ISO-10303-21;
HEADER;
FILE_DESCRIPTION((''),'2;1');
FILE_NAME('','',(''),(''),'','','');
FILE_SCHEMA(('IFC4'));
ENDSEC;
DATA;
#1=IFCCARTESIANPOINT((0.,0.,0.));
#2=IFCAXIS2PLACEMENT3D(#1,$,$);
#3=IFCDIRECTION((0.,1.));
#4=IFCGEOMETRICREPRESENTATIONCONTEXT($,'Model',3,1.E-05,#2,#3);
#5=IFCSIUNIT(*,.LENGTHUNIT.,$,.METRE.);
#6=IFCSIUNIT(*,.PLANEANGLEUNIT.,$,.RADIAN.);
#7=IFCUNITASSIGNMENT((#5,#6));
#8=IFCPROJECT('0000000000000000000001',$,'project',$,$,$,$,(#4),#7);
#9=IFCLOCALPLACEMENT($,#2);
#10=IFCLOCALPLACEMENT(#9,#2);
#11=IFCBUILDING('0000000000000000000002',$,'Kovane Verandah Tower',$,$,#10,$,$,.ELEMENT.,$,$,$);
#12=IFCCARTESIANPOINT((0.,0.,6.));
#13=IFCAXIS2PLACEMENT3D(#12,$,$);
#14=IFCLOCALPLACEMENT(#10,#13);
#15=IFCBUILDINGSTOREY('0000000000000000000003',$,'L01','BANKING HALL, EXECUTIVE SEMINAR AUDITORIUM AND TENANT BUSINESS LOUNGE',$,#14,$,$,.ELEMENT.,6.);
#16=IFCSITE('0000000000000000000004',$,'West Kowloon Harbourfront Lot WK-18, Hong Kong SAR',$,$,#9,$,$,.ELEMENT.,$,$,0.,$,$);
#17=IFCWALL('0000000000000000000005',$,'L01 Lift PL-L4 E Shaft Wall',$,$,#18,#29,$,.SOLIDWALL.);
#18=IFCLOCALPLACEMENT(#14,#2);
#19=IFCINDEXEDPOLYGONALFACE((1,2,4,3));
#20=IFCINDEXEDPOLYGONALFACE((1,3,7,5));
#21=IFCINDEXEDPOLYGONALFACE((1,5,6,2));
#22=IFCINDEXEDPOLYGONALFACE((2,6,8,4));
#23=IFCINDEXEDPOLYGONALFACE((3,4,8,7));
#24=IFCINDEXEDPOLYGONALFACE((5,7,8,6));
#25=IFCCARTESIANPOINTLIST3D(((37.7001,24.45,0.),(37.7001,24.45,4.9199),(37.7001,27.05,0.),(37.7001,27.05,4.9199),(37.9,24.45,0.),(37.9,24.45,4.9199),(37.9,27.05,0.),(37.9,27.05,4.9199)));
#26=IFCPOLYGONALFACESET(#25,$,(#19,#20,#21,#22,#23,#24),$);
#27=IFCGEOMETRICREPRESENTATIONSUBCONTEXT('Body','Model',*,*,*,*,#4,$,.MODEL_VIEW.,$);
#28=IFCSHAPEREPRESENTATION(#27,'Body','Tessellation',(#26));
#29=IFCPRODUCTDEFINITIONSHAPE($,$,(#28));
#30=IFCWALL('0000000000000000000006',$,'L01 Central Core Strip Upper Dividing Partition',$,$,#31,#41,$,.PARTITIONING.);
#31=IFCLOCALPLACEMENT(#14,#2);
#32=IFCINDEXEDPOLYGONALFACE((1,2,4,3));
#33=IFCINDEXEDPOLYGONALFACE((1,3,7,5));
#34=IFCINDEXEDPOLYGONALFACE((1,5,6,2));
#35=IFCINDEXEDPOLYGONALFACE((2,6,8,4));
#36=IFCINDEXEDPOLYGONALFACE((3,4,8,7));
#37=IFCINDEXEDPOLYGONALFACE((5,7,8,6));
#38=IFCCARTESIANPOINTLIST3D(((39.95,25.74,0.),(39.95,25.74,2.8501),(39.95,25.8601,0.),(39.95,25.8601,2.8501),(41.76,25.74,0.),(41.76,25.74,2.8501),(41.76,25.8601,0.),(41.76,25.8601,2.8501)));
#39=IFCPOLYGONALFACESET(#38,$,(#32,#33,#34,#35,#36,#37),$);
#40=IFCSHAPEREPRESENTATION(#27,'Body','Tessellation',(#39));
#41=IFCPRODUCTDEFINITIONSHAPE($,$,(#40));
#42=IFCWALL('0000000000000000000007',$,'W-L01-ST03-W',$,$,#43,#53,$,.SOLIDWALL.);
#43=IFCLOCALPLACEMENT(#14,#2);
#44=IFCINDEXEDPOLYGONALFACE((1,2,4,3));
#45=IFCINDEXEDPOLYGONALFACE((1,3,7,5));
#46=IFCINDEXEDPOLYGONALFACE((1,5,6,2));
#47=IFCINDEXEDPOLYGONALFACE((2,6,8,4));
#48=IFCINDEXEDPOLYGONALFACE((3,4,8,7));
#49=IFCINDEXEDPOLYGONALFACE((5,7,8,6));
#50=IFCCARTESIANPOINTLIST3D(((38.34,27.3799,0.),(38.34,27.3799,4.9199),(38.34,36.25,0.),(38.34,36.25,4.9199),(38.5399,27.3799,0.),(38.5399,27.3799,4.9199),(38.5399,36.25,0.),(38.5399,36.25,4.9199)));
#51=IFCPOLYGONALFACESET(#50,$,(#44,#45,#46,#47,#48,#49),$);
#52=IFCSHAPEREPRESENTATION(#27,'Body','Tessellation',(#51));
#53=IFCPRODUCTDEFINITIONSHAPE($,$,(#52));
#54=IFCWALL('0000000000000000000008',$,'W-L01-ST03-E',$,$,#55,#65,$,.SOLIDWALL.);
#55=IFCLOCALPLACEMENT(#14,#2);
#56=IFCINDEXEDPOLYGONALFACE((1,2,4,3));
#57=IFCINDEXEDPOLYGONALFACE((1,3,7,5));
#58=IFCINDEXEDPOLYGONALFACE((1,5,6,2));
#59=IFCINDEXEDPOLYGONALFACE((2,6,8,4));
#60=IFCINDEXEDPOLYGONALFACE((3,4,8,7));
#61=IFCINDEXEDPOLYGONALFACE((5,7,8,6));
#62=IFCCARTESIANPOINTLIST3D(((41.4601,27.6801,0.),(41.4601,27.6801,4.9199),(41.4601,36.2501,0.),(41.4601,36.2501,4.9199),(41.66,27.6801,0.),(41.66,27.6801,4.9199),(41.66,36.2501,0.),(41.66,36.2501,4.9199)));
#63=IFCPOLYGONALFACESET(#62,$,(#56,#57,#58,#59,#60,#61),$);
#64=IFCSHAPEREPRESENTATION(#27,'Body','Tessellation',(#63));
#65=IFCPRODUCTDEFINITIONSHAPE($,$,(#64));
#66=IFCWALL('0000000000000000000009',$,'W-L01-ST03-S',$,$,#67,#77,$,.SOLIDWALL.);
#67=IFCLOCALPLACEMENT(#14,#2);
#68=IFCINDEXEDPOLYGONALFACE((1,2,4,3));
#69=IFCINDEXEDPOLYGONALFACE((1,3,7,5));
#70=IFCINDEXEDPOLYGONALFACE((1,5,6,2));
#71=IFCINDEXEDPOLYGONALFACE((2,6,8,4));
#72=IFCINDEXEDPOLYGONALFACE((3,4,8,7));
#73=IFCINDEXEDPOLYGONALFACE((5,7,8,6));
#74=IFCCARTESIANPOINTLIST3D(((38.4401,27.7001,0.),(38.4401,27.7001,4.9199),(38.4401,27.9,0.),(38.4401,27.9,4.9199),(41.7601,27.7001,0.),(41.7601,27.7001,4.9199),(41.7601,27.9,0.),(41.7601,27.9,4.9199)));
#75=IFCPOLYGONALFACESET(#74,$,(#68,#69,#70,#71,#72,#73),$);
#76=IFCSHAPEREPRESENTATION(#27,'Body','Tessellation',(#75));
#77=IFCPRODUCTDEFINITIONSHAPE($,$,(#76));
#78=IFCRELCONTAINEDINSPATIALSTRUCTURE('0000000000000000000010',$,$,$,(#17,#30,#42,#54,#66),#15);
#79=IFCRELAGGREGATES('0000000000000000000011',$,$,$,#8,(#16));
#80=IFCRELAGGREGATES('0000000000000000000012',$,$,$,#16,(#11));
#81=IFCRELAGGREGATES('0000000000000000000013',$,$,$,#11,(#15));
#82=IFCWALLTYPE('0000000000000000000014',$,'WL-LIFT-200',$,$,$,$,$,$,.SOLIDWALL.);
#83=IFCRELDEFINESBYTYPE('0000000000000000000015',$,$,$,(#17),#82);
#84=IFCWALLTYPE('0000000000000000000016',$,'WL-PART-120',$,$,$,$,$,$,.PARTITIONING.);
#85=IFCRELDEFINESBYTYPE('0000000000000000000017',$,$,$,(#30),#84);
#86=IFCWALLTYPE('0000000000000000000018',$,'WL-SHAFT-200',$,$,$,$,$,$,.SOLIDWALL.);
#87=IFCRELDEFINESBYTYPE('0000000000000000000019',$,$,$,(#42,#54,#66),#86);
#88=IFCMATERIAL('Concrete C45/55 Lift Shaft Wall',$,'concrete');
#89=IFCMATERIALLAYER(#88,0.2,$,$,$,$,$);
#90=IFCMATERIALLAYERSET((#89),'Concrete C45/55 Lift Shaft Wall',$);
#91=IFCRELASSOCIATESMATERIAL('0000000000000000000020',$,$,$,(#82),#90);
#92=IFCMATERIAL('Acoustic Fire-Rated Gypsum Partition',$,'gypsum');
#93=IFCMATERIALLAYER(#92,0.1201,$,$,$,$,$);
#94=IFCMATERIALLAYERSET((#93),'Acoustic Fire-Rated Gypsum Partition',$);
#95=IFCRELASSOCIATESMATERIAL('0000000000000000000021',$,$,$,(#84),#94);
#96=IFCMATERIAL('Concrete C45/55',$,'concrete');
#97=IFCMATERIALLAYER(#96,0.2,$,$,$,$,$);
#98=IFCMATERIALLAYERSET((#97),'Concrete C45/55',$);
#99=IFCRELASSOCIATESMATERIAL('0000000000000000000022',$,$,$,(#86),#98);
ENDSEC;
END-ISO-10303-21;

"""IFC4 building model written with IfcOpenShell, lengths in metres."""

from ifc_helpers import new_model, si_unit, direction, frame, frame_2d, origin, place, context, subcontext, project, spatial, rectangle, extrude, material, layer, layer_set, type_object, element, save


model = new_model("IFC4")

# Units and contexts
model_context = context("Model", 3, precision=1e-05, world=origin(), true_north=direction((0.0, 1.0)))
body_context = subcontext(model_context, "Body", "Model", "MODEL_VIEW")
ifc_project = project(units=[si_unit("LENGTHUNIT", "METRE"), si_unit("PLANEANGLEUNIT", "RADIAN")], contexts=[model_context])

# Site, building, storey
site_placement = place(None, origin())
site = spatial("IfcSite", under=ifc_project, at=site_placement, Name="West Kowloon Harbourfront Lot WK-18, Hong Kong SAR", CompositionType="ELEMENT", RefElevation=0.0)
building_placement = place(site_placement, origin())
building = spatial("IfcBuilding", under=site, at=building_placement, Name="Kovane Verandah Tower", CompositionType="ELEMENT")
storey_placement = place(building_placement, frame((0.0, 0.0, 6.0)))
storey = spatial("IfcBuildingStorey", under=building, at=storey_placement, Name="L01", Description="BANKING HALL, EXECUTIVE SEMINAR AUDITORIUM AND TENANT BUSINESS LOUNGE", CompositionType="ELEMENT", Elevation=6.0)

# Walls
ifc_material_1 = material(Name="Concrete C45/55 Lift Shaft Wall", Category="concrete")
ifc_layer_1 = layer(ifc_material_1, 0.2)
ifc_layer_set_1 = layer_set([ifc_layer_1], Name="Concrete C45/55 Lift Shaft Wall")
wall_type_1 = type_object("IfcWallType", Name="WL-LIFT-200", PredefinedType="SOLIDWALL", material=ifc_layer_set_1)
wall_1_placement = place(storey_placement, frame((37.8, 24.45, 0.0), z_axis=(0.0, 0.0, 1.0), x_axis=(0.0, 1.0, 0.0)))
element("IfcWall", 1, at=wall_1_placement, inside=storey, type_object=wall_type_1, Name="L01 Lift PL-L4 E Shaft Wall", PredefinedType="SOLIDWALL", context=body_context, shape_type="SweptSolid", body=[
    extrude(rectangle(XDim=2.6001, YDim=0.2, at=frame_2d((1.3, 0.0))), origin(), (0.0, 0.0, 1.0), 4.9199),
])
ifc_material_2 = material(Name="Acoustic Fire-Rated Gypsum Partition", Category="gypsum")
ifc_layer_2 = layer(ifc_material_2, 0.1201)
ifc_layer_set_2 = layer_set([ifc_layer_2], Name="Acoustic Fire-Rated Gypsum Partition")
wall_type_2 = type_object("IfcWallType", Name="WL-PART-120", PredefinedType="PARTITIONING", material=ifc_layer_set_2)
wall_2_placement = place(storey_placement, frame((39.95, 25.8, 0.0), z_axis=(0.0, 0.0, 1.0), x_axis=(1.0, 0.0, 0.0)))
element("IfcWall", 2, at=wall_2_placement, inside=storey, type_object=wall_type_2, Name="L01 Central Core Strip Upper Dividing Partition", PredefinedType="PARTITIONING", context=body_context, shape_type="SweptSolid", body=[
    extrude(rectangle(XDim=1.8101, YDim=0.1201, at=frame_2d((0.905, 0.0))), origin(), (0.0, 0.0, 1.0), 2.8501),
])
ifc_material_3 = material(Name="Concrete C45/55", Category="concrete")
ifc_layer_3 = layer(ifc_material_3, 0.2)
ifc_layer_set_3 = layer_set([ifc_layer_3], Name="Concrete C45/55")
wall_type_3 = type_object("IfcWallType", Name="WL-SHAFT-200", PredefinedType="SOLIDWALL", material=ifc_layer_set_3)
wall_3_placement = place(storey_placement, frame((38.4399, 27.3799, 0.0), z_axis=(0.0, 0.0, 1.0), x_axis=(0.0, 1.0, 0.0)))
element("IfcWall", 3, at=wall_3_placement, inside=storey, type_object=wall_type_3, Name="W-L01-ST03-W", PredefinedType="SOLIDWALL", context=body_context, shape_type="SweptSolid", body=[
    extrude(rectangle(XDim=8.8701, YDim=0.2, at=frame_2d((4.4351, 0.0))), origin(), (0.0, 0.0, 1.0), 4.9199),
])
wall_4_placement = place(storey_placement, frame((41.5601, 27.6799, 0.0), z_axis=(0.0, 0.0, 1.0), x_axis=(0.0, 1.0, 0.0)))
element("IfcWall", 4, at=wall_4_placement, inside=storey, type_object=wall_type_3, Name="W-L01-ST03-E", PredefinedType="SOLIDWALL", context=body_context, shape_type="SweptSolid", body=[
    extrude(rectangle(XDim=8.5701, YDim=0.2, at=frame_2d((4.2852, 0.0))), origin(), (0.0, 0.0, 1.0), 4.9199),
])
wall_5_placement = place(storey_placement, frame((38.4399, 27.8, 0.0), z_axis=(0.0, 0.0, 1.0), x_axis=(1.0, 0.0, 0.0)))
element("IfcWall", 5, at=wall_5_placement, inside=storey, type_object=wall_type_3, Name="W-L01-ST03-S", PredefinedType="SOLIDWALL", context=body_context, shape_type="SweptSolid", body=[
    extrude(rectangle(XDim=3.3201, YDim=0.2, at=frame_2d((1.6602, 0.0))), origin(), (0.0, 0.0, 1.0), 4.9199),
])

save(model, "model.ifc")
